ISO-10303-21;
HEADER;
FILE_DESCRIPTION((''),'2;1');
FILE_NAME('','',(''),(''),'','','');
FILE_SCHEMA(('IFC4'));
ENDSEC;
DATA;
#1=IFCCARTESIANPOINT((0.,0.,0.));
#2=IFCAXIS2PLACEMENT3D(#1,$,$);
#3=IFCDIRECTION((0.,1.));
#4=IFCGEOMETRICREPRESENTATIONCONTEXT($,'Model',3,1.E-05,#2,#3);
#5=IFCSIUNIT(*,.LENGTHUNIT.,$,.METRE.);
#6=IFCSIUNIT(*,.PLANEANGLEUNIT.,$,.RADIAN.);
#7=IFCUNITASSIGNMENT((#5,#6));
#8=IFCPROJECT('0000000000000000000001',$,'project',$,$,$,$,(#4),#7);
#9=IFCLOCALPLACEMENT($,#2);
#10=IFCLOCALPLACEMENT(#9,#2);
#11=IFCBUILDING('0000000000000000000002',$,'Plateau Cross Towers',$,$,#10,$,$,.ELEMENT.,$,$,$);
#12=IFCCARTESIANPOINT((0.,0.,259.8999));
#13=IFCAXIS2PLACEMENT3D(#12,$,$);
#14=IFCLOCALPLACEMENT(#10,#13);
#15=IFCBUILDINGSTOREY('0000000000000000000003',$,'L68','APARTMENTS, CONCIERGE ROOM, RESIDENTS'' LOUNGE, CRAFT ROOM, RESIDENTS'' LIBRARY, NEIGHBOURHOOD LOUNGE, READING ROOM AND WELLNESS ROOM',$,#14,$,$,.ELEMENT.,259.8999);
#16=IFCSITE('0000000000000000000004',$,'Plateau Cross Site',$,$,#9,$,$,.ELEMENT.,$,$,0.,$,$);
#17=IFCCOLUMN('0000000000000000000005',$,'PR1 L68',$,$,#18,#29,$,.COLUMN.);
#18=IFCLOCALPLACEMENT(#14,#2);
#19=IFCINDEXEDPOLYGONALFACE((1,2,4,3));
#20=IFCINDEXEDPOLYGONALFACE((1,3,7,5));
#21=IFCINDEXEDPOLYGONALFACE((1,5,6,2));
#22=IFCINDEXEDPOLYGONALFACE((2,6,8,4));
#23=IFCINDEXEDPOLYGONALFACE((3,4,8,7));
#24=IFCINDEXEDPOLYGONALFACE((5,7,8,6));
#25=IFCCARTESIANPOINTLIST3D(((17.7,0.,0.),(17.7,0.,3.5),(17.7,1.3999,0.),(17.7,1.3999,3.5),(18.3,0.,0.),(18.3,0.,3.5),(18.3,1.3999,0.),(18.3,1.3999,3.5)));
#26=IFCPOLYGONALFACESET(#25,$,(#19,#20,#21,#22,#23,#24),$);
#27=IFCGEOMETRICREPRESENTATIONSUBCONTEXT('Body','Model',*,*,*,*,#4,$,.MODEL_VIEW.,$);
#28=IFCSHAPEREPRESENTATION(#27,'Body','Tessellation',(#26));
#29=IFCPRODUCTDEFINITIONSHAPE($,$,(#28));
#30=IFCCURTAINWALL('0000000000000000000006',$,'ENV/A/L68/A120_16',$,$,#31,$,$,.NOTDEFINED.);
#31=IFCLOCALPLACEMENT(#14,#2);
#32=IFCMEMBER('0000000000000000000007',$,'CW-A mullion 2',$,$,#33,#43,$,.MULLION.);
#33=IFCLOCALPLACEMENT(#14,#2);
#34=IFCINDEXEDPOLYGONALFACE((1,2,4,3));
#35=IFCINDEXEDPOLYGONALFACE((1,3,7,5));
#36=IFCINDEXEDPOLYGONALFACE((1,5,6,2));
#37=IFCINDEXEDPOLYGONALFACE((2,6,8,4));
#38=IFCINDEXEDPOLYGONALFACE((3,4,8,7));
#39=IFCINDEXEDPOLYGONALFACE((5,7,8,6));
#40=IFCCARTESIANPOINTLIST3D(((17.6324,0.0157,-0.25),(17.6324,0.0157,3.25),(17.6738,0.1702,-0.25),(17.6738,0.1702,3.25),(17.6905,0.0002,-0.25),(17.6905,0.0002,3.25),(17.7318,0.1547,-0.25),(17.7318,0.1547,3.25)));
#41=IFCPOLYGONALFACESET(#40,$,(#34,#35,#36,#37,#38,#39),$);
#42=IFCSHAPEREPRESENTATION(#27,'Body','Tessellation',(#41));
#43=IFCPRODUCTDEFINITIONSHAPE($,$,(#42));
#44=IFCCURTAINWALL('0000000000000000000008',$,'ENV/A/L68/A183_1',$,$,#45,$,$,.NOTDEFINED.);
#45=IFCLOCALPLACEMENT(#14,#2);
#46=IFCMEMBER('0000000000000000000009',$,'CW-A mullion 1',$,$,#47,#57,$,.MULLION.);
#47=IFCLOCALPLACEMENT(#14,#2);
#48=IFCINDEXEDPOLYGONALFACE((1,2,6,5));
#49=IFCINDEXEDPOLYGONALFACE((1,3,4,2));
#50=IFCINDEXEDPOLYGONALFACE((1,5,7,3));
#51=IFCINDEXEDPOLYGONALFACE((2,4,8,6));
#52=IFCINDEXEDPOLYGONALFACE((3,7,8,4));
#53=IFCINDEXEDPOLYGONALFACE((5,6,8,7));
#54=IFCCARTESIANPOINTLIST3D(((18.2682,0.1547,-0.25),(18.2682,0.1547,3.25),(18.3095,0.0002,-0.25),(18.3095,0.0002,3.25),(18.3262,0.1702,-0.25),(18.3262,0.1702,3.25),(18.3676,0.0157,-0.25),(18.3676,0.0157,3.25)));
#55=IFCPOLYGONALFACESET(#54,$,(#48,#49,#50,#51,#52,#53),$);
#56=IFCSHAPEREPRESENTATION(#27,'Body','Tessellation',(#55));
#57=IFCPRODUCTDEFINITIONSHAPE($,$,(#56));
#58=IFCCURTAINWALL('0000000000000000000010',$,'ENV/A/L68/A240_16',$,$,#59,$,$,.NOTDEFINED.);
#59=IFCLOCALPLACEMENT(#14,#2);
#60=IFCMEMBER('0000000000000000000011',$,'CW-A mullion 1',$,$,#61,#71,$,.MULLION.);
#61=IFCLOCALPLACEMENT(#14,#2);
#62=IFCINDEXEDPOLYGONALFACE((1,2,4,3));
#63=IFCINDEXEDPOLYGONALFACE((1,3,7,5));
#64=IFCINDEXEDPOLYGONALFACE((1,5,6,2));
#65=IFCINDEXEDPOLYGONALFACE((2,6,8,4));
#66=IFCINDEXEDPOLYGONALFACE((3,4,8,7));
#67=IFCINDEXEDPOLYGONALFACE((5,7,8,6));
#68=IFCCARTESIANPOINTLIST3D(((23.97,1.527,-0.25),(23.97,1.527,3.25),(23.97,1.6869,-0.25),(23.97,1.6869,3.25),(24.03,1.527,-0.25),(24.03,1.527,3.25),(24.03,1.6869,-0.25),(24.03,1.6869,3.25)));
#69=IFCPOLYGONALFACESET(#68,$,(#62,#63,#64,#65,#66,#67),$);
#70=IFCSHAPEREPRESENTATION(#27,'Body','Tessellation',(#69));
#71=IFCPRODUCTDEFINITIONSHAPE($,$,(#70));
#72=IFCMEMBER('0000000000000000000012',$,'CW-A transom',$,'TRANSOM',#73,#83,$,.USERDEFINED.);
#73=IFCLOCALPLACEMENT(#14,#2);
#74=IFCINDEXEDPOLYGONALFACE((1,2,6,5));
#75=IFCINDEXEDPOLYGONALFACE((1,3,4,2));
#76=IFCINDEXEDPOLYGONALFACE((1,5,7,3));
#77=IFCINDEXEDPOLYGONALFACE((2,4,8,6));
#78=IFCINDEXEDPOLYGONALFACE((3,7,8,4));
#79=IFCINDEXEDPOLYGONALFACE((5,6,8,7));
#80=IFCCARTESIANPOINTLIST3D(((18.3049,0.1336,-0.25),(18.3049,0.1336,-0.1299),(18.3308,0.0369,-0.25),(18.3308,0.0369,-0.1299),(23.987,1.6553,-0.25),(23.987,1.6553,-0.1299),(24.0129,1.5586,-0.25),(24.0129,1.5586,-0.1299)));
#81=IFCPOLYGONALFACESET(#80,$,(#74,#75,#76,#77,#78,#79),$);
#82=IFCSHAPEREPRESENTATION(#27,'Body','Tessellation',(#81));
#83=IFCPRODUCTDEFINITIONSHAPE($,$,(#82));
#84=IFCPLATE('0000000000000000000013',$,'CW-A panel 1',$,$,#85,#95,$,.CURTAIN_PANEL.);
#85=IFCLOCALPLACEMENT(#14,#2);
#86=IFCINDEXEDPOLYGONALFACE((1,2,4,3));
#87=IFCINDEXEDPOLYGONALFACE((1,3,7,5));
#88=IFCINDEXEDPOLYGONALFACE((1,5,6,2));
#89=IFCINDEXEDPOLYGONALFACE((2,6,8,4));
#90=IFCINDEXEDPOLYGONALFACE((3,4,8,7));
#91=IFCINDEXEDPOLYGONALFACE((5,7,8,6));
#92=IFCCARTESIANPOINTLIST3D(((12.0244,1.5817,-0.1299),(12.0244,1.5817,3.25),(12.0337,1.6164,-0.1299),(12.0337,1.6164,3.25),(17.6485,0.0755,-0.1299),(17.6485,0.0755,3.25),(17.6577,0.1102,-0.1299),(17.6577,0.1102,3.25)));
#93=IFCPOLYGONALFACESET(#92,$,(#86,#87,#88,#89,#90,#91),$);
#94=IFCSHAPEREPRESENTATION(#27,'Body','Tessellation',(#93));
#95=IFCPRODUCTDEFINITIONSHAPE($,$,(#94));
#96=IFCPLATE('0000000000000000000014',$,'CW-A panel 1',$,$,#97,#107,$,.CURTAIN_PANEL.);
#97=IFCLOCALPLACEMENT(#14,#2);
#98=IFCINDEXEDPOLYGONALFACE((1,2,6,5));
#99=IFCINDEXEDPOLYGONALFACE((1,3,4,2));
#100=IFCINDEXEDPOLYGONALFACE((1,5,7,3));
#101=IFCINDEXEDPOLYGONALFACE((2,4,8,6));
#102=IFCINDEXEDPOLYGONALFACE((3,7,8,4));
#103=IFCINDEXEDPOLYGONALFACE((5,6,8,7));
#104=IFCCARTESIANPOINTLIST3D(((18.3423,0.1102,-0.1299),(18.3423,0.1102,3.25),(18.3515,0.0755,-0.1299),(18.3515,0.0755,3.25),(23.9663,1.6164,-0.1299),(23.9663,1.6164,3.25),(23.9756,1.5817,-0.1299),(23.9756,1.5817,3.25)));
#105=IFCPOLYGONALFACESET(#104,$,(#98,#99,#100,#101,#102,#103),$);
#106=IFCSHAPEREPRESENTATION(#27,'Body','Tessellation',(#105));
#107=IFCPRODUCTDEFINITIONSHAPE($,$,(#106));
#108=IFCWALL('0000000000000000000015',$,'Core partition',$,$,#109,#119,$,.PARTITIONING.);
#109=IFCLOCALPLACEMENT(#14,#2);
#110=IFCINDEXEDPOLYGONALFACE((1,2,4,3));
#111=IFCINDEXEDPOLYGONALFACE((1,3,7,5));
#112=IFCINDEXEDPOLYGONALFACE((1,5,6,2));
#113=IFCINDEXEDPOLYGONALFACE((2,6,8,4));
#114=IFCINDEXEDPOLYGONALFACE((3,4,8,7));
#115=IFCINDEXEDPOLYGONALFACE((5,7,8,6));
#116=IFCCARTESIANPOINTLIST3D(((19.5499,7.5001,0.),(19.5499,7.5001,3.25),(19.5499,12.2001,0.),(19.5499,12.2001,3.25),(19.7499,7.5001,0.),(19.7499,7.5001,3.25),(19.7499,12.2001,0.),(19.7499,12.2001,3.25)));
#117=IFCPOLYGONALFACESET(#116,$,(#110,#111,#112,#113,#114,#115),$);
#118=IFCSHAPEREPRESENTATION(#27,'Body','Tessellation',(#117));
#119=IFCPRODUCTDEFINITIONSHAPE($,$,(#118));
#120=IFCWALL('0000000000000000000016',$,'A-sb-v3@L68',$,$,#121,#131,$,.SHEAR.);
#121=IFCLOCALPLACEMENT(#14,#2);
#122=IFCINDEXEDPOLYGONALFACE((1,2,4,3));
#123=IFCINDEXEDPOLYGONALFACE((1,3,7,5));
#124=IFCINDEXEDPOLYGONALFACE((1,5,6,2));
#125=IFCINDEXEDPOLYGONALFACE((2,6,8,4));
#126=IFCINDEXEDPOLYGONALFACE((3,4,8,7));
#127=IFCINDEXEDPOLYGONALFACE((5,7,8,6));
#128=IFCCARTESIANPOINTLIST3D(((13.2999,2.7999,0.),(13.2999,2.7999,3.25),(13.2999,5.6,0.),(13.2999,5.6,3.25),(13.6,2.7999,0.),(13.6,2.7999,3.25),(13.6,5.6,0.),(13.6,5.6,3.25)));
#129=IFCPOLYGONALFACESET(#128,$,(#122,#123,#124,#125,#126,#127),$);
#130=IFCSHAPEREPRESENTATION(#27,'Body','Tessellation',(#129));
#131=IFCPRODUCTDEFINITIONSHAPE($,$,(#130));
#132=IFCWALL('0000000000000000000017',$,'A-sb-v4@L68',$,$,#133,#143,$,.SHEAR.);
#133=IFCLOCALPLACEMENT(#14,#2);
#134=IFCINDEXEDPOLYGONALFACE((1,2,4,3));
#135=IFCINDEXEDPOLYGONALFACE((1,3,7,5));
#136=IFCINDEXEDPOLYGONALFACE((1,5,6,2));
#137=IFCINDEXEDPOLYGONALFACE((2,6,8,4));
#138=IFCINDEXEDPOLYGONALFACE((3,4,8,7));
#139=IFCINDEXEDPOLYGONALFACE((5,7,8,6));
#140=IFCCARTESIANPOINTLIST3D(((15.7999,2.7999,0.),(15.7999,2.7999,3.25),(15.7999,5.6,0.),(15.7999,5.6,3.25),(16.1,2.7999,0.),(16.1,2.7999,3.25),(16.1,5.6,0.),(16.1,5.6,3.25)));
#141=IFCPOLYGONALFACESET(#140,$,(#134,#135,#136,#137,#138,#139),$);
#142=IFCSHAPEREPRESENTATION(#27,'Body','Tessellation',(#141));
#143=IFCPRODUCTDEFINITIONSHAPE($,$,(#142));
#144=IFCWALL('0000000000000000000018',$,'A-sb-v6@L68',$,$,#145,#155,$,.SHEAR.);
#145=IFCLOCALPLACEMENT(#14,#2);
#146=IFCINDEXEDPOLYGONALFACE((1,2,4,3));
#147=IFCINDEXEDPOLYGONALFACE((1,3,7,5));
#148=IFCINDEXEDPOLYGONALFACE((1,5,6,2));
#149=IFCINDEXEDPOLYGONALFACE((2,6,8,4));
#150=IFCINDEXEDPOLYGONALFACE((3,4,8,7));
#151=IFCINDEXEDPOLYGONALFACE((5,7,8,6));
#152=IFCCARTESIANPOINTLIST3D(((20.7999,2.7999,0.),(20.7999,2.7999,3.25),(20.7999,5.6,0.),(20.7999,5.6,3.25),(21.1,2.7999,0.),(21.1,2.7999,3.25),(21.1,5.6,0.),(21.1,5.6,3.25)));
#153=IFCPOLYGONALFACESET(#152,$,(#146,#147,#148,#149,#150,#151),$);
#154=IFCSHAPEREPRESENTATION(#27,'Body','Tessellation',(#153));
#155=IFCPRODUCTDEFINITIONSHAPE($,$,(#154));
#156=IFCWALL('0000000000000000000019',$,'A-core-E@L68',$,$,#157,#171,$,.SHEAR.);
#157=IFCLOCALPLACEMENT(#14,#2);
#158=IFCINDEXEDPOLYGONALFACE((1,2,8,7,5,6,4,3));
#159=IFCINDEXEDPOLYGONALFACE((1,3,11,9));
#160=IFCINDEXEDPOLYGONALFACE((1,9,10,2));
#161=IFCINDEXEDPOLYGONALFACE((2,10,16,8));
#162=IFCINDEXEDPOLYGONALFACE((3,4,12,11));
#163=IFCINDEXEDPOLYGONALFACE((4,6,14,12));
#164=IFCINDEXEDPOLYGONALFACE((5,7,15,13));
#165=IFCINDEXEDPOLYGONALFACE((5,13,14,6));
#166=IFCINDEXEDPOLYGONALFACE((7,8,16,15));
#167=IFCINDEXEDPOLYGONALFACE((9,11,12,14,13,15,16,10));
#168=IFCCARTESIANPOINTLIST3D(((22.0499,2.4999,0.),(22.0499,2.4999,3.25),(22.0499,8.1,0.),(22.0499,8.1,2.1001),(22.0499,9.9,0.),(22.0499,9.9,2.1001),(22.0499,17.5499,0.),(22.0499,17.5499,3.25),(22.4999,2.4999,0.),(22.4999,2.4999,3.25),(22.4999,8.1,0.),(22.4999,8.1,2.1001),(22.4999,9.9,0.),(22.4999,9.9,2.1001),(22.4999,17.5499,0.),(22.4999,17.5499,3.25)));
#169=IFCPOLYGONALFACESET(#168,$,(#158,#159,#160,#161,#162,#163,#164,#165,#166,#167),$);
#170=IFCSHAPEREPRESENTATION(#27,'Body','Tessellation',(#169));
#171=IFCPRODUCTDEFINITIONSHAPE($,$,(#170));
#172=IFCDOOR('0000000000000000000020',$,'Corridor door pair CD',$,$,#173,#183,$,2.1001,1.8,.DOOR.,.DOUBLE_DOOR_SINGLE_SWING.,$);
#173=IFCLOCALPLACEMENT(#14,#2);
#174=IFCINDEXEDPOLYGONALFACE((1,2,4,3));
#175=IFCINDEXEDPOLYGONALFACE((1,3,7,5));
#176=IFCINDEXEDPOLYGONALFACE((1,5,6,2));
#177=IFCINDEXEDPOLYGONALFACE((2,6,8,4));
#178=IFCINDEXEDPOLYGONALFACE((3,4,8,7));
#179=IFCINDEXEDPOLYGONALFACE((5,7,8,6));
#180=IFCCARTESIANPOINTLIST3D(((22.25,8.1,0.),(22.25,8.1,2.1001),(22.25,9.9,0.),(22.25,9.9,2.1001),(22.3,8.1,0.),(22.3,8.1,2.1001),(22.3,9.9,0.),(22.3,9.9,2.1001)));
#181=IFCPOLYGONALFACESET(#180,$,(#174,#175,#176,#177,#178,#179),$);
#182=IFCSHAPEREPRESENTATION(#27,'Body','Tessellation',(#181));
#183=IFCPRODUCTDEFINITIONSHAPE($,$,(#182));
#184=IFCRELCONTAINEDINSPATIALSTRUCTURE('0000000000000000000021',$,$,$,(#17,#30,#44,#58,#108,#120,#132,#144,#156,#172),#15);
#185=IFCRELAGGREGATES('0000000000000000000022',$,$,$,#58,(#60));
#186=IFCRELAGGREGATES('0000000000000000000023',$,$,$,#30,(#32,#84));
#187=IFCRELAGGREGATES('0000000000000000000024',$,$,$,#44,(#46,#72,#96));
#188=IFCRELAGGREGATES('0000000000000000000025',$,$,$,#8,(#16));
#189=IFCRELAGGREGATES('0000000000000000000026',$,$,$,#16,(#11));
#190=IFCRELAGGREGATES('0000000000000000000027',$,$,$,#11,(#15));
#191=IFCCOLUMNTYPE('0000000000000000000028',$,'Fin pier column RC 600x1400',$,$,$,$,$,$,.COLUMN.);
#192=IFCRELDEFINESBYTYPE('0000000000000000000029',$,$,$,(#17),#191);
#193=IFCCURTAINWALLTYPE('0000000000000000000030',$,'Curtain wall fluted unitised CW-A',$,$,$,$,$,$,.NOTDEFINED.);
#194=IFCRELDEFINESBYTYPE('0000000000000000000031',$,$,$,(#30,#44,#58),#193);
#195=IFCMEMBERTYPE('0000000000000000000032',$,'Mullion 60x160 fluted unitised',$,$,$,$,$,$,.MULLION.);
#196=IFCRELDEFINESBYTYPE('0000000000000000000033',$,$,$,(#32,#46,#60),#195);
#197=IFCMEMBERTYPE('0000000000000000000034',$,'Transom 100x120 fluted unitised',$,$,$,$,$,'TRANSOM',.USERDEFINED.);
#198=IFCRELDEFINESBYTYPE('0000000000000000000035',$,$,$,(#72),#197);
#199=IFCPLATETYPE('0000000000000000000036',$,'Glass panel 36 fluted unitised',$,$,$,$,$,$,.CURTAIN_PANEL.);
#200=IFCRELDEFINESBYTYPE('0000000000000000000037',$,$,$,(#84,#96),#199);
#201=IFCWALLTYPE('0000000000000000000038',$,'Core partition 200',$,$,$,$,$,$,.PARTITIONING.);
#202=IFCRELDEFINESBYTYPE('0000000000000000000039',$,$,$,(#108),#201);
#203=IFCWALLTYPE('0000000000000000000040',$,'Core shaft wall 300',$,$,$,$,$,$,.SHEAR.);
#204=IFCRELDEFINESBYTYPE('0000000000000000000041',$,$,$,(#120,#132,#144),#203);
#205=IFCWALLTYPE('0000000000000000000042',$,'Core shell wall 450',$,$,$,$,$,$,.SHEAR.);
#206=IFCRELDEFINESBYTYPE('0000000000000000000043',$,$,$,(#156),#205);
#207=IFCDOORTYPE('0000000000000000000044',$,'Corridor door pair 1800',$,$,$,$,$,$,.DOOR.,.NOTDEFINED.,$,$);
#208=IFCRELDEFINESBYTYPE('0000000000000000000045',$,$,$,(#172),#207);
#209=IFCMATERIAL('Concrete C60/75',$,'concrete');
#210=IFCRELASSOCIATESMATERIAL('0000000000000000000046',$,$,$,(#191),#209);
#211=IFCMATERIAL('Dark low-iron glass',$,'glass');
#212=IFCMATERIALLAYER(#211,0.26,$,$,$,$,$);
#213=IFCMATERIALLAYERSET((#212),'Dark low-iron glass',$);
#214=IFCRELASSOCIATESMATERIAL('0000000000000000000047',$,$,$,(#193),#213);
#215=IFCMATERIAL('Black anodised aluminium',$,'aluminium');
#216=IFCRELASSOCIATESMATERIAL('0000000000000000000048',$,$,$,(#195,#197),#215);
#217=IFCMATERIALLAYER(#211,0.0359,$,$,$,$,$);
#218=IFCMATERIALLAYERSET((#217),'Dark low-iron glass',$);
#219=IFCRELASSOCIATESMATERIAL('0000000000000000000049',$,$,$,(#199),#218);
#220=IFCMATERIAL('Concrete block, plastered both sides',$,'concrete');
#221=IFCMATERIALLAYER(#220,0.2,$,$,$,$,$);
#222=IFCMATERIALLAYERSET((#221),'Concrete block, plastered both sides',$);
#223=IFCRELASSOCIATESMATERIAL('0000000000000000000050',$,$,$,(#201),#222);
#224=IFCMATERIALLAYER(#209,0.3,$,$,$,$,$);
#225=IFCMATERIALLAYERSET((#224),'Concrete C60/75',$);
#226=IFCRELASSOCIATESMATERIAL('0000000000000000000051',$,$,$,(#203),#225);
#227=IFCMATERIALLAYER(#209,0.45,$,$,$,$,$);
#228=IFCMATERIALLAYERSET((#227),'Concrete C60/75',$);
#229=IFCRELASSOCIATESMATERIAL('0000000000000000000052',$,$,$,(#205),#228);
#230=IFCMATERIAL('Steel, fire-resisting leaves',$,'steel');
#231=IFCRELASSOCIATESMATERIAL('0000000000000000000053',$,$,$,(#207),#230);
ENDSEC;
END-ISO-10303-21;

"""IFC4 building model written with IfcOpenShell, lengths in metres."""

from ifc_helpers import new_model, si_unit, direction, frame, frame_2d, origin, origin_2d, place, context, subcontext, project, spatial, rectangle, extrude, material, layer, layer_set, material_profile, profile_set, type_object, element, fill, aggregate, save


model = new_model("IFC4")

# Units and contexts
model_context = context("Model", 3, precision=1e-05, world=origin(), true_north=direction((0.0, 1.0)))
body_context = subcontext(model_context, "Body", "Model", "MODEL_VIEW")
ifc_project = project(units=[si_unit("LENGTHUNIT", "METRE"), si_unit("PLANEANGLEUNIT", "RADIAN")], contexts=[model_context])

# Site, building, storey
site_placement = place(None, origin())
site = spatial("IfcSite", under=ifc_project, at=site_placement, Name="Plateau Cross Site", CompositionType="ELEMENT", RefElevation=0.0)
building_placement = place(site_placement, origin())
building = spatial("IfcBuilding", under=site, at=building_placement, Name="Plateau Cross Towers", CompositionType="ELEMENT")
storey_placement = place(building_placement, frame((0.0, 0.0, 259.8999)))
storey = spatial("IfcBuildingStorey", under=building, at=storey_placement, Name="L68", Description="APARTMENTS, CONCIERGE ROOM, RESIDENTS' LOUNGE, CRAFT ROOM, RESIDENTS' LIBRARY, NEIGHBOURHOOD LOUNGE, READING ROOM AND WELLNESS ROOM", CompositionType="ELEMENT", Elevation=259.8999)

# Column
ifc_material_1 = material(Name="Concrete C60/75", Category="concrete")
ifc_material_profile_1 = material_profile(ifc_material_1, rectangle(XDim=0.6001, YDim=1.3999, at=origin_2d()), Name="RC 600x1400")
ifc_profile_set_1 = profile_set([ifc_material_profile_1], Name="Concrete C60/75")
column_type = type_object("IfcColumnType", Name="Fin pier column RC 600x1400", PredefinedType="COLUMN", material=ifc_profile_set_1)
column_placement = place(storey_placement, frame((18.0, 0.7, 0.0), z_axis=(0.0, 0.0, 1.0), x_axis=(1.0, 0.0, 0.0)))
element("IfcColumn", 1, at=column_placement, inside=storey, type_object=column_type, Name="PR1 L68", PredefinedType="COLUMN", context=body_context, shape_type="SweptSolid", body=[
    extrude(rectangle(XDim=0.6001, YDim=1.3999, at=origin_2d()), origin(), (0.0, 0.0, 1.0), 3.5),
])

# Curtain walls, members
ifc_material_2 = material(Name="Dark low-iron glass", Category="glass")
ifc_layer_1 = layer(ifc_material_2, 0.26)
ifc_layer_set_1 = layer_set([ifc_layer_1], Name="Dark low-iron glass")
curtain_wall_type = type_object("IfcCurtainWallType", Name="Curtain wall fluted unitised CW-A", PredefinedType="NOTDEFINED", material=ifc_layer_set_1)
curtain_wall_1_placement = place(storey_placement, origin())
curtain_wall_1 = element("IfcCurtainWall", 2, at=curtain_wall_1_placement, inside=storey, type_object=curtain_wall_type, Name="ENV/A/L68/A120_16", PredefinedType="NOTDEFINED")
ifc_material_3 = material(Name="Black anodised aluminium", Category="aluminium")
ifc_material_profile_2 = material_profile(ifc_material_3, rectangle(XDim=0.0601, YDim=0.1599, at=origin_2d()), Name="MULLION 60x160")
ifc_profile_set_2 = profile_set([ifc_material_profile_2], Name="Black anodised aluminium")
member_type_1 = type_object("IfcMemberType", Name="Mullion 60x160 fluted unitised", PredefinedType="MULLION", material=ifc_profile_set_2)
member_1_placement = place(storey_placement, frame((17.6821, 0.0852, -0.25), z_axis=(0.0, 0.0, 1.0), x_axis=(0.965958, -0.258699, 0.0)))
member_1 = element("IfcMember", 3, at=member_1_placement, type_object=member_type_1, Name="CW-A mullion 2", PredefinedType="MULLION", context=body_context, shape_type="SweptSolid", body=[
    extrude(rectangle(XDim=0.0601, YDim=0.1599, at=origin_2d()), origin(), (0.0, 0.0, 1.0), 3.5),
])
curtain_wall_2_placement = place(storey_placement, origin())
curtain_wall_2 = element("IfcCurtainWall", 4, at=curtain_wall_2_placement, inside=storey, type_object=curtain_wall_type, Name="ENV/A/L68/A183_1", PredefinedType="NOTDEFINED")
member_2_placement = place(storey_placement, frame((18.3179, 0.0852, -0.25), z_axis=(0.0, 0.0, 1.0), x_axis=(0.965958, 0.258699, 0.0)))
member_2 = element("IfcMember", 5, at=member_2_placement, type_object=member_type_1, Name="CW-A mullion 1", PredefinedType="MULLION", context=body_context, shape_type="SweptSolid", body=[
    extrude(rectangle(XDim=0.0601, YDim=0.1599, at=origin_2d()), origin(), (0.0, 0.0, 1.0), 3.5),
])
curtain_wall_3_placement = place(storey_placement, origin())
curtain_wall_3 = element("IfcCurtainWall", 6, at=curtain_wall_3_placement, inside=storey, type_object=curtain_wall_type, Name="ENV/A/L68/A240_16", PredefinedType="NOTDEFINED")
member_3_placement = place(storey_placement, frame((24.0, 1.6069, -0.25), z_axis=(0.0, 0.0, 1.0), x_axis=(1.0, 0.0, 0.0)))
member_3 = element("IfcMember", 7, at=member_3_placement, type_object=member_type_1, Name="CW-A mullion 1", PredefinedType="MULLION", context=body_context, shape_type="SweptSolid", body=[
    extrude(rectangle(XDim=0.0601, YDim=0.1599, at=origin_2d()), origin(), (0.0, 0.0, 1.0), 3.5),
])
aggregate(curtain_wall_3, [member_3])

# Member
ifc_material_profile_3 = material_profile(ifc_material_3, rectangle(XDim=0.1001, YDim=0.1201, at=origin_2d()), Name="TRANSOM 100x120")
ifc_profile_set_3 = profile_set([ifc_material_profile_3], Name="Black anodised aluminium")
member_type_2 = type_object("IfcMemberType", Name="Transom 100x120 fluted unitised", ElementType="TRANSOM", PredefinedType="USERDEFINED", material=ifc_profile_set_3)
member_4_placement = place(storey_placement, frame((18.3179, 0.0852, -0.1899), z_axis=(0.96596, 0.258693, 0.0), x_axis=(-0.258693, 0.96596, 0.0)))
member_4 = element("IfcMember", 8, at=member_4_placement, type_object=member_type_2, Name="CW-A transom", ObjectType="TRANSOM", PredefinedType="USERDEFINED", context=body_context, shape_type="SweptSolid", body=[
    extrude(rectangle(XDim=0.1001, YDim=0.1201, at=origin_2d()), origin(), (0.0, 0.0, 1.0), 5.8823),
])

# Plates
ifc_layer_2 = layer(ifc_material_2, 0.0359)
ifc_layer_set_2 = layer_set([ifc_layer_2], Name="Dark low-iron glass")
plate_type = type_object("IfcPlateType", Name="Glass panel 36 fluted unitised", PredefinedType="CURTAIN_PANEL", material=ifc_layer_set_2)
plate_1_placement = place(storey_placement, frame((14.8411, 0.8459, -0.1299), z_axis=(0.0, 0.0, 1.0), x_axis=(0.965958, -0.258699, 0.0)))
plate_1 = element("IfcPlate", 9, at=plate_1_placement, type_object=plate_type, Name="CW-A panel 1", PredefinedType="CURTAIN_PANEL", context=body_context, shape_type="SweptSolid", body=[
    extrude(rectangle(XDim=5.8223, YDim=0.0359, at=origin_2d()), origin(), (0.0, 0.0, 1.0), 3.3799),
])
aggregate(curtain_wall_1, [member_1, plate_1])
plate_2_placement = place(storey_placement, frame((21.1589, 0.8459, -0.1299), z_axis=(0.0, 0.0, 1.0), x_axis=(0.965958, 0.258699, 0.0)))
plate_2 = element("IfcPlate", 10, at=plate_2_placement, type_object=plate_type, Name="CW-A panel 1", PredefinedType="CURTAIN_PANEL", context=body_context, shape_type="SweptSolid", body=[
    extrude(rectangle(XDim=5.8223, YDim=0.0359, at=origin_2d()), origin(), (0.0, 0.0, 1.0), 3.3799),
])
aggregate(curtain_wall_2, [member_2, member_4, plate_2])

# Walls
ifc_material_4 = material(Name="Concrete block, plastered both sides", Category="concrete")
ifc_layer_3 = layer(ifc_material_4, 0.2)
ifc_layer_set_3 = layer_set([ifc_layer_3], Name="Concrete block, plastered both sides")
wall_type_1 = type_object("IfcWallType", Name="Core partition 200", PredefinedType="PARTITIONING", material=ifc_layer_set_3)
wall_1_placement = place(storey_placement, frame((19.6499, 7.5, 0.0), z_axis=(0.0, 0.0, 1.0), x_axis=(0.0, 1.0, 0.0)))
element("IfcWall", 11, at=wall_1_placement, inside=storey, type_object=wall_type_1, Name="Core partition", PredefinedType="PARTITIONING", context=body_context, shape_type="SweptSolid", body=[
    extrude(rectangle(XDim=4.7, YDim=0.2, at=frame_2d((2.3501, 0.0))), origin(), (0.0, 0.0, 1.0), 3.25),
])
ifc_layer_4 = layer(ifc_material_1, 0.3)
ifc_layer_set_4 = layer_set([ifc_layer_4], Name="Concrete C60/75")
wall_type_2 = type_object("IfcWallType", Name="Core shaft wall 300", PredefinedType="SHEAR", material=ifc_layer_set_4)
for number, where, z_axis, x_axis, name in (
    (12, (13.45, 2.8, 0.0), (0.0, 0.0, 1.0), (0.0, 1.0, 0.0), "A-sb-v3@L68"),
    (13, (15.95, 2.8, 0.0), (0.0, 0.0, 1.0), (0.0, 1.0, 0.0), "A-sb-v4@L68"),
    (14, (20.95, 2.8, 0.0), (0.0, 0.0, 1.0), (0.0, 1.0, 0.0), "A-sb-v6@L68"),
):
    element("IfcWall", number, at=place(storey_placement, frame(where, z_axis=z_axis, x_axis=x_axis)), inside=storey, type_object=wall_type_2, Name=name, PredefinedType="SHEAR", context=body_context, shape_type="SweptSolid", body=[
        extrude(rectangle(XDim=2.8, YDim=0.3, at=frame_2d((1.3999, 0.0))), origin(), (0.0, 0.0, 1.0), 3.25),
    ])

# Wall, opening, door
ifc_layer_5 = layer(ifc_material_1, 0.45)
ifc_layer_set_5 = layer_set([ifc_layer_5], Name="Concrete C60/75")
wall_type_3 = type_object("IfcWallType", Name="Core shell wall 450", PredefinedType="SHEAR", material=ifc_layer_set_5)
wall_2_placement = place(storey_placement, frame((22.2749, 2.5, 0.0), z_axis=(0.0, 0.0, 1.0), x_axis=(0.0, 1.0, 0.0)))
wall_2 = element("IfcWall", 15, at=wall_2_placement, inside=storey, type_object=wall_type_3, Name="A-core-E@L68", PredefinedType="SHEAR", context=body_context, shape_type="SweptSolid", body=[
    extrude(rectangle(XDim=15.05, YDim=0.45, at=frame_2d((7.5249, 0.0))), origin(), (0.0, 0.0, 1.0), 3.25),
])
opening_1_placement = place(wall_2_placement, frame((5.6001, 0.0, 0.0)))
opening_1 = element("IfcOpeningElement", 16, at=opening_1_placement, cuts=wall_2, PredefinedType="OPENING", context=body_context, shape_type="SweptSolid", body=[
    extrude(rectangle(XDim=1.8, YDim=2.1001, at=frame_2d((0.8999, 1.05))), frame((0.0, 0.2349, 0.0), z_axis=(0.0, -1.0, 0.0), x_axis=(1.0, 0.0, 0.0)), (0.0, 0.0, 1.0), 0.47),
])
ifc_material_5 = material(Name="Steel, fire-resisting leaves", Category="steel")
door_type_1 = type_object("IfcDoorType", Name="Corridor door pair 1800", OperationType="NOTDEFINED", PredefinedType="DOOR", material=ifc_material_5)
door_1_placement = place(opening_1_placement, origin())
door_1 = element("IfcDoor", 17, at=door_1_placement, inside=storey, type_object=door_type_1, Name="Corridor door pair CD", OperationType="DOUBLE_DOOR_SINGLE_SWING", OverallHeight=2.1001, OverallWidth=1.8, PredefinedType="DOOR", context=body_context, shape_type="SweptSolid", body=[
    extrude(rectangle(XDim=1.8, YDim=2.1001, at=frame_2d((0.8999, 1.05))), frame((0.0, 0.0249, 0.0), z_axis=(0.0, -1.0, 0.0), x_axis=(1.0, 0.0, 0.0)), (0.0, 0.0, 1.0), 0.05),
])
fill(opening_1, door_1)

save(model, "model.ifc")
